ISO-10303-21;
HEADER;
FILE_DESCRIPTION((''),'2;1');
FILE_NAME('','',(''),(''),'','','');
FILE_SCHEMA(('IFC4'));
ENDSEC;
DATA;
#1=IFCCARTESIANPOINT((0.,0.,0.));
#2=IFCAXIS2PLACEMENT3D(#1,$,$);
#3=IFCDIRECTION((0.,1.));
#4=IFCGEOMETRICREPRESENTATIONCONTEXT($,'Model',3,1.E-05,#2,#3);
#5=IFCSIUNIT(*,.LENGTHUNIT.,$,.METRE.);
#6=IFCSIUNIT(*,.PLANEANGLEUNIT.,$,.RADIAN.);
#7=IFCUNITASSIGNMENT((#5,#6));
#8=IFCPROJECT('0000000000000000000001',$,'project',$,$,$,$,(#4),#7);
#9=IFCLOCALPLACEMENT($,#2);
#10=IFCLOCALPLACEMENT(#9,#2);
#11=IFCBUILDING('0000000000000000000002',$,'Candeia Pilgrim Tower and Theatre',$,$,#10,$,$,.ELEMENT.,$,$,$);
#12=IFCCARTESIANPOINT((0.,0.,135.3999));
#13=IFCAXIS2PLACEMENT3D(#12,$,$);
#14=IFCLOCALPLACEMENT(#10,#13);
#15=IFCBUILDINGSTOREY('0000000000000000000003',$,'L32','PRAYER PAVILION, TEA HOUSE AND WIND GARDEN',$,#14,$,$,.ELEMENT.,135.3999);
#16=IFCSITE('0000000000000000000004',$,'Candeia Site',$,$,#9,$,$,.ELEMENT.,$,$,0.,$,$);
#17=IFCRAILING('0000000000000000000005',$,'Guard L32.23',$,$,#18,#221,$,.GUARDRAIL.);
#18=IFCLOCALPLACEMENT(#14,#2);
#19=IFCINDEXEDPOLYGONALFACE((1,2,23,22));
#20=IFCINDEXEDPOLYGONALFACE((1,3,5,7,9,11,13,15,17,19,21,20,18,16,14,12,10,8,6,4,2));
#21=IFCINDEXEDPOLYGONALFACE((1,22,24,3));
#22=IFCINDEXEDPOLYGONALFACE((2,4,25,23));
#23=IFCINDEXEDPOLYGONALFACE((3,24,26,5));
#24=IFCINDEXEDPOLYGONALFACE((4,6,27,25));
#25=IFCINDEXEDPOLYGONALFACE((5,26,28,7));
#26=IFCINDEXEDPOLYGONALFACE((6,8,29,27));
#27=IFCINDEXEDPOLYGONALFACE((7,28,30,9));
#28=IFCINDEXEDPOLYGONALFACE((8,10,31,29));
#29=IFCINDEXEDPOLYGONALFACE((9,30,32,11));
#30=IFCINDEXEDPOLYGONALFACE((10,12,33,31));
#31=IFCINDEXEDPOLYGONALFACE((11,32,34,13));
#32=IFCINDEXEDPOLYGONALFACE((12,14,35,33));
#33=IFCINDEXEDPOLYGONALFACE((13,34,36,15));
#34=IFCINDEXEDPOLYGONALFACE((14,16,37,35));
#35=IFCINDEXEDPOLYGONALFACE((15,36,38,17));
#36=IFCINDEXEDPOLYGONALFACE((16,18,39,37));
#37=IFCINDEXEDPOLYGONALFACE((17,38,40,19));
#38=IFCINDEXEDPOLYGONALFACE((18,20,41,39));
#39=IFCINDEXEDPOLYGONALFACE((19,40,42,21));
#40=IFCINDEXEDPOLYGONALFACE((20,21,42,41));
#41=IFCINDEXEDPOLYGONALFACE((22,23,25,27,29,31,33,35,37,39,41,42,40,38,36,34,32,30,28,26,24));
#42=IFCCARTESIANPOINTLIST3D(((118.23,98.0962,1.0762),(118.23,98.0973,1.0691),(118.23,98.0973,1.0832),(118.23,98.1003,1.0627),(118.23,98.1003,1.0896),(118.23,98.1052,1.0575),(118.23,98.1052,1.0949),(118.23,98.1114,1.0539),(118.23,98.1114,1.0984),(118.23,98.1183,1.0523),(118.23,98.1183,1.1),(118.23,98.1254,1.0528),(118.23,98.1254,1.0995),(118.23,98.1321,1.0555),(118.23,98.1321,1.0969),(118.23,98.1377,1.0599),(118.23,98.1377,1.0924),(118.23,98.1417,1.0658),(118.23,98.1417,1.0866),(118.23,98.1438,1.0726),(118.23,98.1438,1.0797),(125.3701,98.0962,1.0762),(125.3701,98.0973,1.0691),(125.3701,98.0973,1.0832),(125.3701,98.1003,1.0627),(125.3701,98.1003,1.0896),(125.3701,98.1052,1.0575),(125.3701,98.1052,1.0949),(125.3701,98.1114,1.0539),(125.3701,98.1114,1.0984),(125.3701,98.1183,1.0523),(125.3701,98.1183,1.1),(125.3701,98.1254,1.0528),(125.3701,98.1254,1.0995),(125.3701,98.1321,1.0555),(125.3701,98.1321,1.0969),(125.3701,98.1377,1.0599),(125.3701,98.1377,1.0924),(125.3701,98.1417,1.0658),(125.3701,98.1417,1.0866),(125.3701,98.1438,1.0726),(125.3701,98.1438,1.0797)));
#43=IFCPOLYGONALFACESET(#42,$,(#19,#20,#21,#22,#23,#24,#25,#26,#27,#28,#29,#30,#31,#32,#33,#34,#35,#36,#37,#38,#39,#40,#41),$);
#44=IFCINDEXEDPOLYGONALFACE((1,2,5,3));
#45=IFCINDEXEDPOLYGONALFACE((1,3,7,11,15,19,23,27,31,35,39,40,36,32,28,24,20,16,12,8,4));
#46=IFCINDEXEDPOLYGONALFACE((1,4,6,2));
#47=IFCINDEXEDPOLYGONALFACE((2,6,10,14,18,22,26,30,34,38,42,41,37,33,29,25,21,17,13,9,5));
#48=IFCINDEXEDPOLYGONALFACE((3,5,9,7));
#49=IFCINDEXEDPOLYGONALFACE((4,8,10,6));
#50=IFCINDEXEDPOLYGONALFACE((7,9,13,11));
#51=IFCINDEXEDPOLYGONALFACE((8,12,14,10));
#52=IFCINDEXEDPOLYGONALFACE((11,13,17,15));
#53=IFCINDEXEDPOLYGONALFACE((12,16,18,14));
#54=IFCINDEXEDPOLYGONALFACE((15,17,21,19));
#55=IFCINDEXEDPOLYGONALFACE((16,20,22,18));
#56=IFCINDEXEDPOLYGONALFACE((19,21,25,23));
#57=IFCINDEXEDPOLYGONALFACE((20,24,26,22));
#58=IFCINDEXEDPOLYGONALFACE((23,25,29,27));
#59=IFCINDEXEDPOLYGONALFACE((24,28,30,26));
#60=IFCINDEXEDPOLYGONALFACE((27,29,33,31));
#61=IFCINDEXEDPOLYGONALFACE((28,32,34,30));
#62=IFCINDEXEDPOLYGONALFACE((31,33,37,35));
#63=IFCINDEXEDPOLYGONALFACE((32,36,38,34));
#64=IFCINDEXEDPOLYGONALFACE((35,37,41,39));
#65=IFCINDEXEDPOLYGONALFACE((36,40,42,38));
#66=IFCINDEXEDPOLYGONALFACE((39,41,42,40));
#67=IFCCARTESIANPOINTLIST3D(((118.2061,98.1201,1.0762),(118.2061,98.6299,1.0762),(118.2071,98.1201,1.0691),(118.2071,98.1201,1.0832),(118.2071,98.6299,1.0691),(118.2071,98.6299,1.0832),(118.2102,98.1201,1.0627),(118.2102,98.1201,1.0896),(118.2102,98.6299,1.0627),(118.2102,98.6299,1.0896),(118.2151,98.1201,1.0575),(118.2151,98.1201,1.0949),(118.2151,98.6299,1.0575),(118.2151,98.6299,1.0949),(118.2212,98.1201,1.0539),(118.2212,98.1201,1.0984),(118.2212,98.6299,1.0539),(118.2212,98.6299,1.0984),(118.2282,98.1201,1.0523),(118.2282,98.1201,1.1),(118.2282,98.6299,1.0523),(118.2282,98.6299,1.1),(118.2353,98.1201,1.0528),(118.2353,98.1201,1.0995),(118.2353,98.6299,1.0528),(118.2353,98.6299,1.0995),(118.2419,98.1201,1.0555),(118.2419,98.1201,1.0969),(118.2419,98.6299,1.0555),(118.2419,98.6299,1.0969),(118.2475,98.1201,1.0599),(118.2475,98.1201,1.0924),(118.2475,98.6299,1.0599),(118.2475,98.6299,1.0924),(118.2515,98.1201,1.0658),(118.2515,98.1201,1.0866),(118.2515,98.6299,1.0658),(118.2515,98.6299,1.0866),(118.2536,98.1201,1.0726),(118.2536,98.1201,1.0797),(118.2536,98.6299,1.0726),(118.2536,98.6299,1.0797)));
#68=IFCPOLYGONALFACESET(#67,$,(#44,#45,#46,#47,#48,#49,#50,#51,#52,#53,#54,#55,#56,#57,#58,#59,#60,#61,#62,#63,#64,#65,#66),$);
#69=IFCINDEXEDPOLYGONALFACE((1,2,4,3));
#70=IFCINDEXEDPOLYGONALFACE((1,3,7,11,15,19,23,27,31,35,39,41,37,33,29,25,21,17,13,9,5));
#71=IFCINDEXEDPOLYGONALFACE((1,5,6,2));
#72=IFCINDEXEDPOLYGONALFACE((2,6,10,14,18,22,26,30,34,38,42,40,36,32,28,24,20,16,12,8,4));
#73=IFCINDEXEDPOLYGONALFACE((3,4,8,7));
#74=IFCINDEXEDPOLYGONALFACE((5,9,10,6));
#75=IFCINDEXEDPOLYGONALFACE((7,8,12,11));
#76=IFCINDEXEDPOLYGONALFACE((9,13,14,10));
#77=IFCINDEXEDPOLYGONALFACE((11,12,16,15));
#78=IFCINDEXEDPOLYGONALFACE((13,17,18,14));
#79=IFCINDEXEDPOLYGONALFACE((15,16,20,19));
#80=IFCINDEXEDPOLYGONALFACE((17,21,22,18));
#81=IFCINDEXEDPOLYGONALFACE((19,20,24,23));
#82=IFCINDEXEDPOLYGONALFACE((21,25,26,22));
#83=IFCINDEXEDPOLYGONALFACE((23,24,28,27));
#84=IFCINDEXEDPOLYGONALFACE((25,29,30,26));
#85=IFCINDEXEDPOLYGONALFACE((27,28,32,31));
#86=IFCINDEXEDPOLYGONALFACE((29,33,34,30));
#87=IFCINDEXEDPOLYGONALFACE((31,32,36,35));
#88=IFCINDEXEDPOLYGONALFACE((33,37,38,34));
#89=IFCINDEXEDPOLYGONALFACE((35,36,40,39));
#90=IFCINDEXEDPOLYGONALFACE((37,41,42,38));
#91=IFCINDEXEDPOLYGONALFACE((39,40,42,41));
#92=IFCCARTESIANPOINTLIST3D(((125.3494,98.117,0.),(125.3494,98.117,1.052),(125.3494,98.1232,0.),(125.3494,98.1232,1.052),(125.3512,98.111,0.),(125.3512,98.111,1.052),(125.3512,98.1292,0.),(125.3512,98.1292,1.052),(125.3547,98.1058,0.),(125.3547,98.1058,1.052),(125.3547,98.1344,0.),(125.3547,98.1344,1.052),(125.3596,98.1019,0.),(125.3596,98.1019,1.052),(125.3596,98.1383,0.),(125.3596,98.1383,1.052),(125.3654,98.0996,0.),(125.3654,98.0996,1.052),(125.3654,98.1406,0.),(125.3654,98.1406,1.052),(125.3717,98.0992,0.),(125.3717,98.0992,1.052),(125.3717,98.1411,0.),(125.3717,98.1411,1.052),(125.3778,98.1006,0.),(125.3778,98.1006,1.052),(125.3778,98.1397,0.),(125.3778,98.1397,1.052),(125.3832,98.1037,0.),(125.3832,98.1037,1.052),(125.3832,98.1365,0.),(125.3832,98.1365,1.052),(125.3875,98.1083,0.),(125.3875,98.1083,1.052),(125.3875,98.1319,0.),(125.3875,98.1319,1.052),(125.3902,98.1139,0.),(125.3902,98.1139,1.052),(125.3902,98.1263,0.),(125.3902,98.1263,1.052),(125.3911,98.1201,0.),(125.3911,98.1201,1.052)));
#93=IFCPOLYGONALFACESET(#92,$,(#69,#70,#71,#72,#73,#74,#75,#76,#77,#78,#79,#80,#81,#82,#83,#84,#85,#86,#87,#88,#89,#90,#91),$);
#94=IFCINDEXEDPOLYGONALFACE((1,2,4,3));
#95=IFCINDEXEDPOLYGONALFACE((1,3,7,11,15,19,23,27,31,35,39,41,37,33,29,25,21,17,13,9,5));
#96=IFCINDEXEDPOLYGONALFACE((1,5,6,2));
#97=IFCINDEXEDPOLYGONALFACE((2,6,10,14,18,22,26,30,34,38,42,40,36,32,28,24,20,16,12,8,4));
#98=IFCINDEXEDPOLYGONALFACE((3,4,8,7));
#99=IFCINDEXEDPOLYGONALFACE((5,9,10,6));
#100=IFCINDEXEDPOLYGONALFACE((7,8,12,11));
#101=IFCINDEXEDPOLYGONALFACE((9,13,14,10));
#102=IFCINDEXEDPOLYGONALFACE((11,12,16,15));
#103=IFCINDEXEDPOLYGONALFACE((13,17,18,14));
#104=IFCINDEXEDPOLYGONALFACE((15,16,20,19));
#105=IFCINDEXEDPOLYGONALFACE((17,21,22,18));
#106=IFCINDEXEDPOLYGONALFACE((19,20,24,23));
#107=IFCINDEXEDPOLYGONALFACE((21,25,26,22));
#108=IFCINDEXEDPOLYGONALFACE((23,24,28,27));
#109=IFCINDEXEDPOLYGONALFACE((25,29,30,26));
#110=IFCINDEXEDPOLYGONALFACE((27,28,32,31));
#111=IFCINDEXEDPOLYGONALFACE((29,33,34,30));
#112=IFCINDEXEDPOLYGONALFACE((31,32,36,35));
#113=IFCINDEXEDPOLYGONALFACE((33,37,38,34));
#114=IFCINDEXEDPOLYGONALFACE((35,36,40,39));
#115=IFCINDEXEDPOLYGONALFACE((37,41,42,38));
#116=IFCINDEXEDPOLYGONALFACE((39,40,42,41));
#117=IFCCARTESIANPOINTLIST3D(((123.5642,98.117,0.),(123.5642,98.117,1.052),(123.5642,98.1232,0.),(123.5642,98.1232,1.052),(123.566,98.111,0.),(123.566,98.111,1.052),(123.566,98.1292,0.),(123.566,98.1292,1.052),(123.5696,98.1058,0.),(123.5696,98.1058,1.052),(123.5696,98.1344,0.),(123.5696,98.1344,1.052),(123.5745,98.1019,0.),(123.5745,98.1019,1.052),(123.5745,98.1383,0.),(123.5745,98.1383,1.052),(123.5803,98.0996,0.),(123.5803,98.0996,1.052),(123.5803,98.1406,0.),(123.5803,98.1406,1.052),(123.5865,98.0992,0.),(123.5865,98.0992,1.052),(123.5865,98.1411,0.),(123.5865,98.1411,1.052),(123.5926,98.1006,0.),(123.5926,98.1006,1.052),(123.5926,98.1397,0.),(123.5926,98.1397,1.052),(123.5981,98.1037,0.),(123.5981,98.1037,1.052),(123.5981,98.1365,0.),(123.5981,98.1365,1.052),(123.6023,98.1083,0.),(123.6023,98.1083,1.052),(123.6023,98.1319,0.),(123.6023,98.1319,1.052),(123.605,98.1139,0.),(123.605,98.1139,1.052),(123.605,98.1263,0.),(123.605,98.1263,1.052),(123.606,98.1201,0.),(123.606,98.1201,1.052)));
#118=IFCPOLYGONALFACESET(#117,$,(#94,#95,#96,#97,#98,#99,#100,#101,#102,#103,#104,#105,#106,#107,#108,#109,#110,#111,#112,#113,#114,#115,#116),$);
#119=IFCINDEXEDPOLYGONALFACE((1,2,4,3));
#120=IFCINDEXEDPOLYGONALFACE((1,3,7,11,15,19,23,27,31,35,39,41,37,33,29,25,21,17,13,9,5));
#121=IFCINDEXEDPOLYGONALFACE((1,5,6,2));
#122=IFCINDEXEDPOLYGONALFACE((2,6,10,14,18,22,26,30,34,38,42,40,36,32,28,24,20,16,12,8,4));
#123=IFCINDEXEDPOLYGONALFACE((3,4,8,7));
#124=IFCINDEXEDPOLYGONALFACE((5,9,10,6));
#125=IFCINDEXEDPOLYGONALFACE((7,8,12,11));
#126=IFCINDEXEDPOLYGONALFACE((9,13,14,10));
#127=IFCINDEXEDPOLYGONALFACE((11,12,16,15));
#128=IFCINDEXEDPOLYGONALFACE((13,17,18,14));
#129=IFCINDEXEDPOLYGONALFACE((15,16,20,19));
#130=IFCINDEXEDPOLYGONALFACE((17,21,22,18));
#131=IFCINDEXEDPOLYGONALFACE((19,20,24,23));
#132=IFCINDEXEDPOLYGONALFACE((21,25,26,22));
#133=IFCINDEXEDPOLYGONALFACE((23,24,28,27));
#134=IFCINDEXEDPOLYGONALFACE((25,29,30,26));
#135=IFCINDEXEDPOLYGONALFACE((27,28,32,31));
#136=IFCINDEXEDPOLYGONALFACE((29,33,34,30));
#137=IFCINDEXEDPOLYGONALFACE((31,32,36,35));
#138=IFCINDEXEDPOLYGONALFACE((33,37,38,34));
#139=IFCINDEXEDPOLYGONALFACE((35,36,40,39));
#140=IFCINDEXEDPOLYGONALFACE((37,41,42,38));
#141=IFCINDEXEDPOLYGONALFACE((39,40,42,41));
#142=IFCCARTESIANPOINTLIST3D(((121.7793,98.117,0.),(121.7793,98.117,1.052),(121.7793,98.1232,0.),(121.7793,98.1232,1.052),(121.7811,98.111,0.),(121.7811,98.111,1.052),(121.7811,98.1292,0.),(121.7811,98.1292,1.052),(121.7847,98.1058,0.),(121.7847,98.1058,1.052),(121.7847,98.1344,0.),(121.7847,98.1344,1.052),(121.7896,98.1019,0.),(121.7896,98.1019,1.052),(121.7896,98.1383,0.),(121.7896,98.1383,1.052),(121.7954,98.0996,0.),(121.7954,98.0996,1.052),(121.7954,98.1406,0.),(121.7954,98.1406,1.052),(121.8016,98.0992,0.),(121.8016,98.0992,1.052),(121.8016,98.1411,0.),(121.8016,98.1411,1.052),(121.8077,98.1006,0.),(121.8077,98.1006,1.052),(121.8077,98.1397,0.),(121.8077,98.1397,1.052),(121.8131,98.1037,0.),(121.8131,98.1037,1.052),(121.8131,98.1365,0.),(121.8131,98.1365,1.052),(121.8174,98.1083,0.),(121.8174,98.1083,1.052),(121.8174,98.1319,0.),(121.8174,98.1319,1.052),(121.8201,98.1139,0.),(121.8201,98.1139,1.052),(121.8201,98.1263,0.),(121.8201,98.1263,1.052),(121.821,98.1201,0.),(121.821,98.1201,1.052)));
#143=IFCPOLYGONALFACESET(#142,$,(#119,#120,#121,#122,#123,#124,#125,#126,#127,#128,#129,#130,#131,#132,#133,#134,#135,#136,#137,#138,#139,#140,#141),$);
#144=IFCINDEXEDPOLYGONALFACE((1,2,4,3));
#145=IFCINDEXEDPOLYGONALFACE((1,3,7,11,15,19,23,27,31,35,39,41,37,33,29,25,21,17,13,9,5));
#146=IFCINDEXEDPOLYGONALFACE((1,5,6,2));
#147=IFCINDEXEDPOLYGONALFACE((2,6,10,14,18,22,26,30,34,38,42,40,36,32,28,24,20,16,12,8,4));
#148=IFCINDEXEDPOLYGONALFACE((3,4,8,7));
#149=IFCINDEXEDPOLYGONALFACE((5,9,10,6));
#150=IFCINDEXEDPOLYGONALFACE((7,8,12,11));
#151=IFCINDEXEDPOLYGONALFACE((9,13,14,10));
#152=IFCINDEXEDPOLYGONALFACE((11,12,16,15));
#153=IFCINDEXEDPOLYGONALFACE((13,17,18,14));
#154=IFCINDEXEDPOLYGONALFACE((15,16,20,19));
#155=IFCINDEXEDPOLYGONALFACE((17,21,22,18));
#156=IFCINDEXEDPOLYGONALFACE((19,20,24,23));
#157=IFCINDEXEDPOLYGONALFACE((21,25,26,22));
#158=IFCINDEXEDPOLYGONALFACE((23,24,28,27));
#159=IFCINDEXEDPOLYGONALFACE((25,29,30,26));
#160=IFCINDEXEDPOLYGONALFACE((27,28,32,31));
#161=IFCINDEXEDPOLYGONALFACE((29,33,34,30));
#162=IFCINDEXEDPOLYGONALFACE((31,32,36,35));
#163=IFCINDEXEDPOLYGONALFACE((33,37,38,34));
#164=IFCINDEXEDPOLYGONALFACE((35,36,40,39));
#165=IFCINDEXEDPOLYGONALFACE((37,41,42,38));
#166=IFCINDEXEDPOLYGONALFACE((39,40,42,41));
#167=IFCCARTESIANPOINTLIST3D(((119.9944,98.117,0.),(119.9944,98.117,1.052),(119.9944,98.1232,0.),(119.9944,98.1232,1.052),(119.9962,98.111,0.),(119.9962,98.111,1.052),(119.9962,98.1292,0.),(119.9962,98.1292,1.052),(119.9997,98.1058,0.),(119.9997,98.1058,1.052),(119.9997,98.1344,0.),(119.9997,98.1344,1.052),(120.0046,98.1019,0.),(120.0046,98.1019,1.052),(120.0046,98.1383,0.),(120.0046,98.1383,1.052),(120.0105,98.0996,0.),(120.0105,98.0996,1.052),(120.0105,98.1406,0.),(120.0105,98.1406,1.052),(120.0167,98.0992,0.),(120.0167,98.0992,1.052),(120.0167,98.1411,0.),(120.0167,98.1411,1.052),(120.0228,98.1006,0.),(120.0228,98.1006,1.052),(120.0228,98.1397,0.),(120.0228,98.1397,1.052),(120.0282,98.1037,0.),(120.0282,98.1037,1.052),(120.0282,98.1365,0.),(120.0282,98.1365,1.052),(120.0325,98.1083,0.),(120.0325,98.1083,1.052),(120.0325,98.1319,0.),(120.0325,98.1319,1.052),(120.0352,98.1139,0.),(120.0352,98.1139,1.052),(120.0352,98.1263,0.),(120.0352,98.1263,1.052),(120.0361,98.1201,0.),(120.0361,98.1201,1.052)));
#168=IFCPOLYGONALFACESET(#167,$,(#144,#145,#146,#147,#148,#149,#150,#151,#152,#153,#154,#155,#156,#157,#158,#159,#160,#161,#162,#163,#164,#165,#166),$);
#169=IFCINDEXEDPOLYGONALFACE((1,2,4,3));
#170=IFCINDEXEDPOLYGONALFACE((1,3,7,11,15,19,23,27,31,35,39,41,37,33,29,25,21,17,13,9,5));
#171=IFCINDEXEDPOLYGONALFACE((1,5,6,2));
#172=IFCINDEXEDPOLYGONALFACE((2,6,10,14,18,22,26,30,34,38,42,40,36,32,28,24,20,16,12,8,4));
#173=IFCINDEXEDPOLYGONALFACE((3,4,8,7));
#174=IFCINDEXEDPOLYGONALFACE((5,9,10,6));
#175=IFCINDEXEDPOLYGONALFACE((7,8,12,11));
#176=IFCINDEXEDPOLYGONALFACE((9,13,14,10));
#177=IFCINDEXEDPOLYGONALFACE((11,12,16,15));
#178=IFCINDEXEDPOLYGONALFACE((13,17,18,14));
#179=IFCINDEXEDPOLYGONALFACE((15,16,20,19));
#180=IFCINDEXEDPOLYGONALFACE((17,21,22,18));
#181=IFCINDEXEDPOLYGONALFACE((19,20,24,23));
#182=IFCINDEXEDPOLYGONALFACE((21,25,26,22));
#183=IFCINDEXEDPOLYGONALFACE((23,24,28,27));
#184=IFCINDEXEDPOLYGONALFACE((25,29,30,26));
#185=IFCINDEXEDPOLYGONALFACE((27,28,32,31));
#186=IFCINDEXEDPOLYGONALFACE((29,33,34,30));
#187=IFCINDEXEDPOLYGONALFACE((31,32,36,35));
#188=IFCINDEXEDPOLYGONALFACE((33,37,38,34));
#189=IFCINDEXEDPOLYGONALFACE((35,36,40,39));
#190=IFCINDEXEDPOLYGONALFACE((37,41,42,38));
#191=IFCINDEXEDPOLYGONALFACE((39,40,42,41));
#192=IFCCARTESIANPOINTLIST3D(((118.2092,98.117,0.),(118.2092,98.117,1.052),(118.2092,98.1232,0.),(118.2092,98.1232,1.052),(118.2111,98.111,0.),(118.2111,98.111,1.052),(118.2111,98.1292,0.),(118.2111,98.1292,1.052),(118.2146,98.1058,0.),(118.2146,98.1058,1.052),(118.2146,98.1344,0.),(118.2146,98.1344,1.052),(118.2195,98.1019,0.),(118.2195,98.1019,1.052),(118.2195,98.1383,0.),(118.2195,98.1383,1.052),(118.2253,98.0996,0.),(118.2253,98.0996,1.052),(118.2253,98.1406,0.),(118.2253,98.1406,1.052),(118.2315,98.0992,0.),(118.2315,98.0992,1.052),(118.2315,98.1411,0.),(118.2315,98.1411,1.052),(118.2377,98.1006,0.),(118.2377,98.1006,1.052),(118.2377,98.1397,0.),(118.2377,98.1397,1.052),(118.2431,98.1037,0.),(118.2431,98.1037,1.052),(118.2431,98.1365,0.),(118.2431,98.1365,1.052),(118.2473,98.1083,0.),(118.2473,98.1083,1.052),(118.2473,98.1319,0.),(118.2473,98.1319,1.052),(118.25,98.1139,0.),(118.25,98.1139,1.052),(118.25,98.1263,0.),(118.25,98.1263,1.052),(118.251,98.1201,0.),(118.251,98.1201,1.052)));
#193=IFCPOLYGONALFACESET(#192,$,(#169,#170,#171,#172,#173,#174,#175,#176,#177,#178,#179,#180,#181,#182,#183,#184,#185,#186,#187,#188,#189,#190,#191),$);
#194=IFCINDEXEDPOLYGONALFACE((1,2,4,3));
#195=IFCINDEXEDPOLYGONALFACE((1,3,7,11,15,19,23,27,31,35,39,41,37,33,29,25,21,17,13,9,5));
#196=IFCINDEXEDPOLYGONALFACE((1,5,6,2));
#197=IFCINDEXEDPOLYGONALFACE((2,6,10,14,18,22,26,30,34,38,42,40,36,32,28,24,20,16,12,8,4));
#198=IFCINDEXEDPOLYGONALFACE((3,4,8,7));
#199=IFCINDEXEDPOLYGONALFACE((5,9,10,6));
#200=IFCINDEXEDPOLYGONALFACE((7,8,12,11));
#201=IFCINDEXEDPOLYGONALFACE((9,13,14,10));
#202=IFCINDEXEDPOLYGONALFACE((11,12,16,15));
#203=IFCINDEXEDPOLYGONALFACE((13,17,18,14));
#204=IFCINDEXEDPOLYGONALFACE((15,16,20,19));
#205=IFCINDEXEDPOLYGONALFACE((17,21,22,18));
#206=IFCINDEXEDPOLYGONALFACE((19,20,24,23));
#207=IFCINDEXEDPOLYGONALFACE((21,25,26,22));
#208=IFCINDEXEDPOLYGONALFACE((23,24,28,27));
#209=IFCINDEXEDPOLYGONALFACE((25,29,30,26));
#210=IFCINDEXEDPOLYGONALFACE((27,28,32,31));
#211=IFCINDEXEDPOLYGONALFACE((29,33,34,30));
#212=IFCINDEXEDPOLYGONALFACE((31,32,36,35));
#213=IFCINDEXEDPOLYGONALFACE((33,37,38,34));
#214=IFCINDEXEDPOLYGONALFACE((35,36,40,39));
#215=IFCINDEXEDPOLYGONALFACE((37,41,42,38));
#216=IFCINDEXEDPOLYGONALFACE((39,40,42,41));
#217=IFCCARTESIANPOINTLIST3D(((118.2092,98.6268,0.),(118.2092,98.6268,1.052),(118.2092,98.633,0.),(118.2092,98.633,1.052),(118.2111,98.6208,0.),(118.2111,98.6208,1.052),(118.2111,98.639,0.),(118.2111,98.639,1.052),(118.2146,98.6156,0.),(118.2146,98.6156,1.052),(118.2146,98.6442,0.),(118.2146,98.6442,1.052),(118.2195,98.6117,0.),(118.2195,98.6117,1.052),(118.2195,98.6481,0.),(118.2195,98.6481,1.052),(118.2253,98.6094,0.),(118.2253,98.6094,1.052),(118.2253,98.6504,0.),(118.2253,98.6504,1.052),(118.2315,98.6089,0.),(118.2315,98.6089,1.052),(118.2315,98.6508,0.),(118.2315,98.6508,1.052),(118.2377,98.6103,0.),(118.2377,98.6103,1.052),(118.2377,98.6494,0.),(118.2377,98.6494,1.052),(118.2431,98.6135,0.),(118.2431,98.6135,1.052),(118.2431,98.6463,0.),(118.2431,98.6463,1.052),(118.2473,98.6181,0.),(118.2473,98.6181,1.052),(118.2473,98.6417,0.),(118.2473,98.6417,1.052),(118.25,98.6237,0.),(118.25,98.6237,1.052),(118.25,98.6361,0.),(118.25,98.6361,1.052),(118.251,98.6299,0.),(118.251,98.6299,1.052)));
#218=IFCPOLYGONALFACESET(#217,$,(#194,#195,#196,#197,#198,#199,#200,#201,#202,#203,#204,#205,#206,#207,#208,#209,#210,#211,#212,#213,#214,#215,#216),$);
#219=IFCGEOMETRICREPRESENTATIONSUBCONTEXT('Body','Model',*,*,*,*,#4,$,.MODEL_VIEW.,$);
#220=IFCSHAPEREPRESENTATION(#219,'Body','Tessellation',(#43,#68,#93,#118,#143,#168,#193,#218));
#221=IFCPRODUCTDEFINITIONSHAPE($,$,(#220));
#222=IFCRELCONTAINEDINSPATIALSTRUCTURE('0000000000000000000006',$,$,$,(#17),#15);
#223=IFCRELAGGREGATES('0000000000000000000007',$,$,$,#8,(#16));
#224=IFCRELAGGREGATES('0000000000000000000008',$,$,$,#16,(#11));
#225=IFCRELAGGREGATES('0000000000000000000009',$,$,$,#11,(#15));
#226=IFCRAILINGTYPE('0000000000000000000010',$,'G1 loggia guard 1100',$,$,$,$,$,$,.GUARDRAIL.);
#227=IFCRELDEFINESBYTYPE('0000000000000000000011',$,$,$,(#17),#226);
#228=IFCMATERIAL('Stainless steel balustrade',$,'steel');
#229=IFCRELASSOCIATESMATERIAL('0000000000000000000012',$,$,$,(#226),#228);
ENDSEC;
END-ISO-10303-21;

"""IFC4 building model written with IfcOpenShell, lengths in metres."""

from ifc_helpers import new_model, si_unit, direction, frame, origin, origin_2d, place, context, subcontext, project, spatial, circle, extrude, material, type_object, element, save


model = new_model("IFC4")

# Units and contexts
model_context = context("Model", 3, precision=1e-05, world=origin(), true_north=direction((0.0, 1.0)))
body_context = subcontext(model_context, "Body", "Model", "MODEL_VIEW")
ifc_project = project(units=[si_unit("LENGTHUNIT", "METRE"), si_unit("PLANEANGLEUNIT", "RADIAN")], contexts=[model_context])

# Site, building, storey
site_placement = place(None, origin())
site = spatial("IfcSite", under=ifc_project, at=site_placement, Name="Candeia Site", CompositionType="ELEMENT", RefElevation=0.0)
building_placement = place(site_placement, origin())
building = spatial("IfcBuilding", under=site, at=building_placement, Name="Candeia Pilgrim Tower and Theatre", CompositionType="ELEMENT")
storey_placement = place(building_placement, frame((0.0, 0.0, 135.3999)))
storey = spatial("IfcBuildingStorey", under=building, at=storey_placement, Name="L32", Description="PRAYER PAVILION, TEA HOUSE AND WIND GARDEN", CompositionType="ELEMENT", Elevation=135.3999)

# Railing
ifc_material_1 = material(Name="Stainless steel balustrade", Category="steel")
railing_type = type_object("IfcRailingType", Name="G1 loggia guard 1100", PredefinedType="GUARDRAIL", material=ifc_material_1)
railing_1_placement = place(storey_placement, frame((125.3701, 98.1201, 0.0)))
element("IfcRailing", 1, at=railing_1_placement, inside=storey, type_object=railing_type, Name="Guard L32.23", PredefinedType="GUARDRAIL", context=body_context, shape_type="SweptSolid", body=[
    extrude(circle(Radius=0.0239, at=origin_2d()), frame((0.0, 0.0, 1.0762), z_axis=(-1.0, 0.0, 0.0), x_axis=(0.0, -1.0, 0.0)), (0.0, 0.0, 1.0), 7.1401),
    extrude(circle(Radius=0.0239, at=origin_2d()), frame((-7.1401, 0.0, 1.0762), z_axis=(0.0, 1.0, 0.0), x_axis=(-1.0, 0.0, 0.0)), (0.0, 0.0, 1.0), 0.5098),
    extrude(circle(Radius=0.021, at=origin_2d()), origin(), (0.0, 0.0, 1.0), 1.052),
    extrude(circle(Radius=0.021, at=origin_2d()), frame((-1.7852, 0.0, 0.0)), (0.0, 0.0, 1.0), 1.052),
    extrude(circle(Radius=0.021, at=origin_2d()), frame((-3.5701, 0.0, 0.0)), (0.0, 0.0, 1.0), 1.052),
    extrude(circle(Radius=0.021, at=origin_2d()), frame((-5.355, 0.0, 0.0)), (0.0, 0.0, 1.0), 1.052),
    extrude(circle(Radius=0.021, at=origin_2d()), frame((-7.1401, 0.0, 0.0)), (0.0, 0.0, 1.0), 1.052),
    extrude(circle(Radius=0.021, at=origin_2d()), frame((-7.1401, 0.5098, 0.0)), (0.0, 0.0, 1.0), 1.052),
])

save(model, "model.ifc")
